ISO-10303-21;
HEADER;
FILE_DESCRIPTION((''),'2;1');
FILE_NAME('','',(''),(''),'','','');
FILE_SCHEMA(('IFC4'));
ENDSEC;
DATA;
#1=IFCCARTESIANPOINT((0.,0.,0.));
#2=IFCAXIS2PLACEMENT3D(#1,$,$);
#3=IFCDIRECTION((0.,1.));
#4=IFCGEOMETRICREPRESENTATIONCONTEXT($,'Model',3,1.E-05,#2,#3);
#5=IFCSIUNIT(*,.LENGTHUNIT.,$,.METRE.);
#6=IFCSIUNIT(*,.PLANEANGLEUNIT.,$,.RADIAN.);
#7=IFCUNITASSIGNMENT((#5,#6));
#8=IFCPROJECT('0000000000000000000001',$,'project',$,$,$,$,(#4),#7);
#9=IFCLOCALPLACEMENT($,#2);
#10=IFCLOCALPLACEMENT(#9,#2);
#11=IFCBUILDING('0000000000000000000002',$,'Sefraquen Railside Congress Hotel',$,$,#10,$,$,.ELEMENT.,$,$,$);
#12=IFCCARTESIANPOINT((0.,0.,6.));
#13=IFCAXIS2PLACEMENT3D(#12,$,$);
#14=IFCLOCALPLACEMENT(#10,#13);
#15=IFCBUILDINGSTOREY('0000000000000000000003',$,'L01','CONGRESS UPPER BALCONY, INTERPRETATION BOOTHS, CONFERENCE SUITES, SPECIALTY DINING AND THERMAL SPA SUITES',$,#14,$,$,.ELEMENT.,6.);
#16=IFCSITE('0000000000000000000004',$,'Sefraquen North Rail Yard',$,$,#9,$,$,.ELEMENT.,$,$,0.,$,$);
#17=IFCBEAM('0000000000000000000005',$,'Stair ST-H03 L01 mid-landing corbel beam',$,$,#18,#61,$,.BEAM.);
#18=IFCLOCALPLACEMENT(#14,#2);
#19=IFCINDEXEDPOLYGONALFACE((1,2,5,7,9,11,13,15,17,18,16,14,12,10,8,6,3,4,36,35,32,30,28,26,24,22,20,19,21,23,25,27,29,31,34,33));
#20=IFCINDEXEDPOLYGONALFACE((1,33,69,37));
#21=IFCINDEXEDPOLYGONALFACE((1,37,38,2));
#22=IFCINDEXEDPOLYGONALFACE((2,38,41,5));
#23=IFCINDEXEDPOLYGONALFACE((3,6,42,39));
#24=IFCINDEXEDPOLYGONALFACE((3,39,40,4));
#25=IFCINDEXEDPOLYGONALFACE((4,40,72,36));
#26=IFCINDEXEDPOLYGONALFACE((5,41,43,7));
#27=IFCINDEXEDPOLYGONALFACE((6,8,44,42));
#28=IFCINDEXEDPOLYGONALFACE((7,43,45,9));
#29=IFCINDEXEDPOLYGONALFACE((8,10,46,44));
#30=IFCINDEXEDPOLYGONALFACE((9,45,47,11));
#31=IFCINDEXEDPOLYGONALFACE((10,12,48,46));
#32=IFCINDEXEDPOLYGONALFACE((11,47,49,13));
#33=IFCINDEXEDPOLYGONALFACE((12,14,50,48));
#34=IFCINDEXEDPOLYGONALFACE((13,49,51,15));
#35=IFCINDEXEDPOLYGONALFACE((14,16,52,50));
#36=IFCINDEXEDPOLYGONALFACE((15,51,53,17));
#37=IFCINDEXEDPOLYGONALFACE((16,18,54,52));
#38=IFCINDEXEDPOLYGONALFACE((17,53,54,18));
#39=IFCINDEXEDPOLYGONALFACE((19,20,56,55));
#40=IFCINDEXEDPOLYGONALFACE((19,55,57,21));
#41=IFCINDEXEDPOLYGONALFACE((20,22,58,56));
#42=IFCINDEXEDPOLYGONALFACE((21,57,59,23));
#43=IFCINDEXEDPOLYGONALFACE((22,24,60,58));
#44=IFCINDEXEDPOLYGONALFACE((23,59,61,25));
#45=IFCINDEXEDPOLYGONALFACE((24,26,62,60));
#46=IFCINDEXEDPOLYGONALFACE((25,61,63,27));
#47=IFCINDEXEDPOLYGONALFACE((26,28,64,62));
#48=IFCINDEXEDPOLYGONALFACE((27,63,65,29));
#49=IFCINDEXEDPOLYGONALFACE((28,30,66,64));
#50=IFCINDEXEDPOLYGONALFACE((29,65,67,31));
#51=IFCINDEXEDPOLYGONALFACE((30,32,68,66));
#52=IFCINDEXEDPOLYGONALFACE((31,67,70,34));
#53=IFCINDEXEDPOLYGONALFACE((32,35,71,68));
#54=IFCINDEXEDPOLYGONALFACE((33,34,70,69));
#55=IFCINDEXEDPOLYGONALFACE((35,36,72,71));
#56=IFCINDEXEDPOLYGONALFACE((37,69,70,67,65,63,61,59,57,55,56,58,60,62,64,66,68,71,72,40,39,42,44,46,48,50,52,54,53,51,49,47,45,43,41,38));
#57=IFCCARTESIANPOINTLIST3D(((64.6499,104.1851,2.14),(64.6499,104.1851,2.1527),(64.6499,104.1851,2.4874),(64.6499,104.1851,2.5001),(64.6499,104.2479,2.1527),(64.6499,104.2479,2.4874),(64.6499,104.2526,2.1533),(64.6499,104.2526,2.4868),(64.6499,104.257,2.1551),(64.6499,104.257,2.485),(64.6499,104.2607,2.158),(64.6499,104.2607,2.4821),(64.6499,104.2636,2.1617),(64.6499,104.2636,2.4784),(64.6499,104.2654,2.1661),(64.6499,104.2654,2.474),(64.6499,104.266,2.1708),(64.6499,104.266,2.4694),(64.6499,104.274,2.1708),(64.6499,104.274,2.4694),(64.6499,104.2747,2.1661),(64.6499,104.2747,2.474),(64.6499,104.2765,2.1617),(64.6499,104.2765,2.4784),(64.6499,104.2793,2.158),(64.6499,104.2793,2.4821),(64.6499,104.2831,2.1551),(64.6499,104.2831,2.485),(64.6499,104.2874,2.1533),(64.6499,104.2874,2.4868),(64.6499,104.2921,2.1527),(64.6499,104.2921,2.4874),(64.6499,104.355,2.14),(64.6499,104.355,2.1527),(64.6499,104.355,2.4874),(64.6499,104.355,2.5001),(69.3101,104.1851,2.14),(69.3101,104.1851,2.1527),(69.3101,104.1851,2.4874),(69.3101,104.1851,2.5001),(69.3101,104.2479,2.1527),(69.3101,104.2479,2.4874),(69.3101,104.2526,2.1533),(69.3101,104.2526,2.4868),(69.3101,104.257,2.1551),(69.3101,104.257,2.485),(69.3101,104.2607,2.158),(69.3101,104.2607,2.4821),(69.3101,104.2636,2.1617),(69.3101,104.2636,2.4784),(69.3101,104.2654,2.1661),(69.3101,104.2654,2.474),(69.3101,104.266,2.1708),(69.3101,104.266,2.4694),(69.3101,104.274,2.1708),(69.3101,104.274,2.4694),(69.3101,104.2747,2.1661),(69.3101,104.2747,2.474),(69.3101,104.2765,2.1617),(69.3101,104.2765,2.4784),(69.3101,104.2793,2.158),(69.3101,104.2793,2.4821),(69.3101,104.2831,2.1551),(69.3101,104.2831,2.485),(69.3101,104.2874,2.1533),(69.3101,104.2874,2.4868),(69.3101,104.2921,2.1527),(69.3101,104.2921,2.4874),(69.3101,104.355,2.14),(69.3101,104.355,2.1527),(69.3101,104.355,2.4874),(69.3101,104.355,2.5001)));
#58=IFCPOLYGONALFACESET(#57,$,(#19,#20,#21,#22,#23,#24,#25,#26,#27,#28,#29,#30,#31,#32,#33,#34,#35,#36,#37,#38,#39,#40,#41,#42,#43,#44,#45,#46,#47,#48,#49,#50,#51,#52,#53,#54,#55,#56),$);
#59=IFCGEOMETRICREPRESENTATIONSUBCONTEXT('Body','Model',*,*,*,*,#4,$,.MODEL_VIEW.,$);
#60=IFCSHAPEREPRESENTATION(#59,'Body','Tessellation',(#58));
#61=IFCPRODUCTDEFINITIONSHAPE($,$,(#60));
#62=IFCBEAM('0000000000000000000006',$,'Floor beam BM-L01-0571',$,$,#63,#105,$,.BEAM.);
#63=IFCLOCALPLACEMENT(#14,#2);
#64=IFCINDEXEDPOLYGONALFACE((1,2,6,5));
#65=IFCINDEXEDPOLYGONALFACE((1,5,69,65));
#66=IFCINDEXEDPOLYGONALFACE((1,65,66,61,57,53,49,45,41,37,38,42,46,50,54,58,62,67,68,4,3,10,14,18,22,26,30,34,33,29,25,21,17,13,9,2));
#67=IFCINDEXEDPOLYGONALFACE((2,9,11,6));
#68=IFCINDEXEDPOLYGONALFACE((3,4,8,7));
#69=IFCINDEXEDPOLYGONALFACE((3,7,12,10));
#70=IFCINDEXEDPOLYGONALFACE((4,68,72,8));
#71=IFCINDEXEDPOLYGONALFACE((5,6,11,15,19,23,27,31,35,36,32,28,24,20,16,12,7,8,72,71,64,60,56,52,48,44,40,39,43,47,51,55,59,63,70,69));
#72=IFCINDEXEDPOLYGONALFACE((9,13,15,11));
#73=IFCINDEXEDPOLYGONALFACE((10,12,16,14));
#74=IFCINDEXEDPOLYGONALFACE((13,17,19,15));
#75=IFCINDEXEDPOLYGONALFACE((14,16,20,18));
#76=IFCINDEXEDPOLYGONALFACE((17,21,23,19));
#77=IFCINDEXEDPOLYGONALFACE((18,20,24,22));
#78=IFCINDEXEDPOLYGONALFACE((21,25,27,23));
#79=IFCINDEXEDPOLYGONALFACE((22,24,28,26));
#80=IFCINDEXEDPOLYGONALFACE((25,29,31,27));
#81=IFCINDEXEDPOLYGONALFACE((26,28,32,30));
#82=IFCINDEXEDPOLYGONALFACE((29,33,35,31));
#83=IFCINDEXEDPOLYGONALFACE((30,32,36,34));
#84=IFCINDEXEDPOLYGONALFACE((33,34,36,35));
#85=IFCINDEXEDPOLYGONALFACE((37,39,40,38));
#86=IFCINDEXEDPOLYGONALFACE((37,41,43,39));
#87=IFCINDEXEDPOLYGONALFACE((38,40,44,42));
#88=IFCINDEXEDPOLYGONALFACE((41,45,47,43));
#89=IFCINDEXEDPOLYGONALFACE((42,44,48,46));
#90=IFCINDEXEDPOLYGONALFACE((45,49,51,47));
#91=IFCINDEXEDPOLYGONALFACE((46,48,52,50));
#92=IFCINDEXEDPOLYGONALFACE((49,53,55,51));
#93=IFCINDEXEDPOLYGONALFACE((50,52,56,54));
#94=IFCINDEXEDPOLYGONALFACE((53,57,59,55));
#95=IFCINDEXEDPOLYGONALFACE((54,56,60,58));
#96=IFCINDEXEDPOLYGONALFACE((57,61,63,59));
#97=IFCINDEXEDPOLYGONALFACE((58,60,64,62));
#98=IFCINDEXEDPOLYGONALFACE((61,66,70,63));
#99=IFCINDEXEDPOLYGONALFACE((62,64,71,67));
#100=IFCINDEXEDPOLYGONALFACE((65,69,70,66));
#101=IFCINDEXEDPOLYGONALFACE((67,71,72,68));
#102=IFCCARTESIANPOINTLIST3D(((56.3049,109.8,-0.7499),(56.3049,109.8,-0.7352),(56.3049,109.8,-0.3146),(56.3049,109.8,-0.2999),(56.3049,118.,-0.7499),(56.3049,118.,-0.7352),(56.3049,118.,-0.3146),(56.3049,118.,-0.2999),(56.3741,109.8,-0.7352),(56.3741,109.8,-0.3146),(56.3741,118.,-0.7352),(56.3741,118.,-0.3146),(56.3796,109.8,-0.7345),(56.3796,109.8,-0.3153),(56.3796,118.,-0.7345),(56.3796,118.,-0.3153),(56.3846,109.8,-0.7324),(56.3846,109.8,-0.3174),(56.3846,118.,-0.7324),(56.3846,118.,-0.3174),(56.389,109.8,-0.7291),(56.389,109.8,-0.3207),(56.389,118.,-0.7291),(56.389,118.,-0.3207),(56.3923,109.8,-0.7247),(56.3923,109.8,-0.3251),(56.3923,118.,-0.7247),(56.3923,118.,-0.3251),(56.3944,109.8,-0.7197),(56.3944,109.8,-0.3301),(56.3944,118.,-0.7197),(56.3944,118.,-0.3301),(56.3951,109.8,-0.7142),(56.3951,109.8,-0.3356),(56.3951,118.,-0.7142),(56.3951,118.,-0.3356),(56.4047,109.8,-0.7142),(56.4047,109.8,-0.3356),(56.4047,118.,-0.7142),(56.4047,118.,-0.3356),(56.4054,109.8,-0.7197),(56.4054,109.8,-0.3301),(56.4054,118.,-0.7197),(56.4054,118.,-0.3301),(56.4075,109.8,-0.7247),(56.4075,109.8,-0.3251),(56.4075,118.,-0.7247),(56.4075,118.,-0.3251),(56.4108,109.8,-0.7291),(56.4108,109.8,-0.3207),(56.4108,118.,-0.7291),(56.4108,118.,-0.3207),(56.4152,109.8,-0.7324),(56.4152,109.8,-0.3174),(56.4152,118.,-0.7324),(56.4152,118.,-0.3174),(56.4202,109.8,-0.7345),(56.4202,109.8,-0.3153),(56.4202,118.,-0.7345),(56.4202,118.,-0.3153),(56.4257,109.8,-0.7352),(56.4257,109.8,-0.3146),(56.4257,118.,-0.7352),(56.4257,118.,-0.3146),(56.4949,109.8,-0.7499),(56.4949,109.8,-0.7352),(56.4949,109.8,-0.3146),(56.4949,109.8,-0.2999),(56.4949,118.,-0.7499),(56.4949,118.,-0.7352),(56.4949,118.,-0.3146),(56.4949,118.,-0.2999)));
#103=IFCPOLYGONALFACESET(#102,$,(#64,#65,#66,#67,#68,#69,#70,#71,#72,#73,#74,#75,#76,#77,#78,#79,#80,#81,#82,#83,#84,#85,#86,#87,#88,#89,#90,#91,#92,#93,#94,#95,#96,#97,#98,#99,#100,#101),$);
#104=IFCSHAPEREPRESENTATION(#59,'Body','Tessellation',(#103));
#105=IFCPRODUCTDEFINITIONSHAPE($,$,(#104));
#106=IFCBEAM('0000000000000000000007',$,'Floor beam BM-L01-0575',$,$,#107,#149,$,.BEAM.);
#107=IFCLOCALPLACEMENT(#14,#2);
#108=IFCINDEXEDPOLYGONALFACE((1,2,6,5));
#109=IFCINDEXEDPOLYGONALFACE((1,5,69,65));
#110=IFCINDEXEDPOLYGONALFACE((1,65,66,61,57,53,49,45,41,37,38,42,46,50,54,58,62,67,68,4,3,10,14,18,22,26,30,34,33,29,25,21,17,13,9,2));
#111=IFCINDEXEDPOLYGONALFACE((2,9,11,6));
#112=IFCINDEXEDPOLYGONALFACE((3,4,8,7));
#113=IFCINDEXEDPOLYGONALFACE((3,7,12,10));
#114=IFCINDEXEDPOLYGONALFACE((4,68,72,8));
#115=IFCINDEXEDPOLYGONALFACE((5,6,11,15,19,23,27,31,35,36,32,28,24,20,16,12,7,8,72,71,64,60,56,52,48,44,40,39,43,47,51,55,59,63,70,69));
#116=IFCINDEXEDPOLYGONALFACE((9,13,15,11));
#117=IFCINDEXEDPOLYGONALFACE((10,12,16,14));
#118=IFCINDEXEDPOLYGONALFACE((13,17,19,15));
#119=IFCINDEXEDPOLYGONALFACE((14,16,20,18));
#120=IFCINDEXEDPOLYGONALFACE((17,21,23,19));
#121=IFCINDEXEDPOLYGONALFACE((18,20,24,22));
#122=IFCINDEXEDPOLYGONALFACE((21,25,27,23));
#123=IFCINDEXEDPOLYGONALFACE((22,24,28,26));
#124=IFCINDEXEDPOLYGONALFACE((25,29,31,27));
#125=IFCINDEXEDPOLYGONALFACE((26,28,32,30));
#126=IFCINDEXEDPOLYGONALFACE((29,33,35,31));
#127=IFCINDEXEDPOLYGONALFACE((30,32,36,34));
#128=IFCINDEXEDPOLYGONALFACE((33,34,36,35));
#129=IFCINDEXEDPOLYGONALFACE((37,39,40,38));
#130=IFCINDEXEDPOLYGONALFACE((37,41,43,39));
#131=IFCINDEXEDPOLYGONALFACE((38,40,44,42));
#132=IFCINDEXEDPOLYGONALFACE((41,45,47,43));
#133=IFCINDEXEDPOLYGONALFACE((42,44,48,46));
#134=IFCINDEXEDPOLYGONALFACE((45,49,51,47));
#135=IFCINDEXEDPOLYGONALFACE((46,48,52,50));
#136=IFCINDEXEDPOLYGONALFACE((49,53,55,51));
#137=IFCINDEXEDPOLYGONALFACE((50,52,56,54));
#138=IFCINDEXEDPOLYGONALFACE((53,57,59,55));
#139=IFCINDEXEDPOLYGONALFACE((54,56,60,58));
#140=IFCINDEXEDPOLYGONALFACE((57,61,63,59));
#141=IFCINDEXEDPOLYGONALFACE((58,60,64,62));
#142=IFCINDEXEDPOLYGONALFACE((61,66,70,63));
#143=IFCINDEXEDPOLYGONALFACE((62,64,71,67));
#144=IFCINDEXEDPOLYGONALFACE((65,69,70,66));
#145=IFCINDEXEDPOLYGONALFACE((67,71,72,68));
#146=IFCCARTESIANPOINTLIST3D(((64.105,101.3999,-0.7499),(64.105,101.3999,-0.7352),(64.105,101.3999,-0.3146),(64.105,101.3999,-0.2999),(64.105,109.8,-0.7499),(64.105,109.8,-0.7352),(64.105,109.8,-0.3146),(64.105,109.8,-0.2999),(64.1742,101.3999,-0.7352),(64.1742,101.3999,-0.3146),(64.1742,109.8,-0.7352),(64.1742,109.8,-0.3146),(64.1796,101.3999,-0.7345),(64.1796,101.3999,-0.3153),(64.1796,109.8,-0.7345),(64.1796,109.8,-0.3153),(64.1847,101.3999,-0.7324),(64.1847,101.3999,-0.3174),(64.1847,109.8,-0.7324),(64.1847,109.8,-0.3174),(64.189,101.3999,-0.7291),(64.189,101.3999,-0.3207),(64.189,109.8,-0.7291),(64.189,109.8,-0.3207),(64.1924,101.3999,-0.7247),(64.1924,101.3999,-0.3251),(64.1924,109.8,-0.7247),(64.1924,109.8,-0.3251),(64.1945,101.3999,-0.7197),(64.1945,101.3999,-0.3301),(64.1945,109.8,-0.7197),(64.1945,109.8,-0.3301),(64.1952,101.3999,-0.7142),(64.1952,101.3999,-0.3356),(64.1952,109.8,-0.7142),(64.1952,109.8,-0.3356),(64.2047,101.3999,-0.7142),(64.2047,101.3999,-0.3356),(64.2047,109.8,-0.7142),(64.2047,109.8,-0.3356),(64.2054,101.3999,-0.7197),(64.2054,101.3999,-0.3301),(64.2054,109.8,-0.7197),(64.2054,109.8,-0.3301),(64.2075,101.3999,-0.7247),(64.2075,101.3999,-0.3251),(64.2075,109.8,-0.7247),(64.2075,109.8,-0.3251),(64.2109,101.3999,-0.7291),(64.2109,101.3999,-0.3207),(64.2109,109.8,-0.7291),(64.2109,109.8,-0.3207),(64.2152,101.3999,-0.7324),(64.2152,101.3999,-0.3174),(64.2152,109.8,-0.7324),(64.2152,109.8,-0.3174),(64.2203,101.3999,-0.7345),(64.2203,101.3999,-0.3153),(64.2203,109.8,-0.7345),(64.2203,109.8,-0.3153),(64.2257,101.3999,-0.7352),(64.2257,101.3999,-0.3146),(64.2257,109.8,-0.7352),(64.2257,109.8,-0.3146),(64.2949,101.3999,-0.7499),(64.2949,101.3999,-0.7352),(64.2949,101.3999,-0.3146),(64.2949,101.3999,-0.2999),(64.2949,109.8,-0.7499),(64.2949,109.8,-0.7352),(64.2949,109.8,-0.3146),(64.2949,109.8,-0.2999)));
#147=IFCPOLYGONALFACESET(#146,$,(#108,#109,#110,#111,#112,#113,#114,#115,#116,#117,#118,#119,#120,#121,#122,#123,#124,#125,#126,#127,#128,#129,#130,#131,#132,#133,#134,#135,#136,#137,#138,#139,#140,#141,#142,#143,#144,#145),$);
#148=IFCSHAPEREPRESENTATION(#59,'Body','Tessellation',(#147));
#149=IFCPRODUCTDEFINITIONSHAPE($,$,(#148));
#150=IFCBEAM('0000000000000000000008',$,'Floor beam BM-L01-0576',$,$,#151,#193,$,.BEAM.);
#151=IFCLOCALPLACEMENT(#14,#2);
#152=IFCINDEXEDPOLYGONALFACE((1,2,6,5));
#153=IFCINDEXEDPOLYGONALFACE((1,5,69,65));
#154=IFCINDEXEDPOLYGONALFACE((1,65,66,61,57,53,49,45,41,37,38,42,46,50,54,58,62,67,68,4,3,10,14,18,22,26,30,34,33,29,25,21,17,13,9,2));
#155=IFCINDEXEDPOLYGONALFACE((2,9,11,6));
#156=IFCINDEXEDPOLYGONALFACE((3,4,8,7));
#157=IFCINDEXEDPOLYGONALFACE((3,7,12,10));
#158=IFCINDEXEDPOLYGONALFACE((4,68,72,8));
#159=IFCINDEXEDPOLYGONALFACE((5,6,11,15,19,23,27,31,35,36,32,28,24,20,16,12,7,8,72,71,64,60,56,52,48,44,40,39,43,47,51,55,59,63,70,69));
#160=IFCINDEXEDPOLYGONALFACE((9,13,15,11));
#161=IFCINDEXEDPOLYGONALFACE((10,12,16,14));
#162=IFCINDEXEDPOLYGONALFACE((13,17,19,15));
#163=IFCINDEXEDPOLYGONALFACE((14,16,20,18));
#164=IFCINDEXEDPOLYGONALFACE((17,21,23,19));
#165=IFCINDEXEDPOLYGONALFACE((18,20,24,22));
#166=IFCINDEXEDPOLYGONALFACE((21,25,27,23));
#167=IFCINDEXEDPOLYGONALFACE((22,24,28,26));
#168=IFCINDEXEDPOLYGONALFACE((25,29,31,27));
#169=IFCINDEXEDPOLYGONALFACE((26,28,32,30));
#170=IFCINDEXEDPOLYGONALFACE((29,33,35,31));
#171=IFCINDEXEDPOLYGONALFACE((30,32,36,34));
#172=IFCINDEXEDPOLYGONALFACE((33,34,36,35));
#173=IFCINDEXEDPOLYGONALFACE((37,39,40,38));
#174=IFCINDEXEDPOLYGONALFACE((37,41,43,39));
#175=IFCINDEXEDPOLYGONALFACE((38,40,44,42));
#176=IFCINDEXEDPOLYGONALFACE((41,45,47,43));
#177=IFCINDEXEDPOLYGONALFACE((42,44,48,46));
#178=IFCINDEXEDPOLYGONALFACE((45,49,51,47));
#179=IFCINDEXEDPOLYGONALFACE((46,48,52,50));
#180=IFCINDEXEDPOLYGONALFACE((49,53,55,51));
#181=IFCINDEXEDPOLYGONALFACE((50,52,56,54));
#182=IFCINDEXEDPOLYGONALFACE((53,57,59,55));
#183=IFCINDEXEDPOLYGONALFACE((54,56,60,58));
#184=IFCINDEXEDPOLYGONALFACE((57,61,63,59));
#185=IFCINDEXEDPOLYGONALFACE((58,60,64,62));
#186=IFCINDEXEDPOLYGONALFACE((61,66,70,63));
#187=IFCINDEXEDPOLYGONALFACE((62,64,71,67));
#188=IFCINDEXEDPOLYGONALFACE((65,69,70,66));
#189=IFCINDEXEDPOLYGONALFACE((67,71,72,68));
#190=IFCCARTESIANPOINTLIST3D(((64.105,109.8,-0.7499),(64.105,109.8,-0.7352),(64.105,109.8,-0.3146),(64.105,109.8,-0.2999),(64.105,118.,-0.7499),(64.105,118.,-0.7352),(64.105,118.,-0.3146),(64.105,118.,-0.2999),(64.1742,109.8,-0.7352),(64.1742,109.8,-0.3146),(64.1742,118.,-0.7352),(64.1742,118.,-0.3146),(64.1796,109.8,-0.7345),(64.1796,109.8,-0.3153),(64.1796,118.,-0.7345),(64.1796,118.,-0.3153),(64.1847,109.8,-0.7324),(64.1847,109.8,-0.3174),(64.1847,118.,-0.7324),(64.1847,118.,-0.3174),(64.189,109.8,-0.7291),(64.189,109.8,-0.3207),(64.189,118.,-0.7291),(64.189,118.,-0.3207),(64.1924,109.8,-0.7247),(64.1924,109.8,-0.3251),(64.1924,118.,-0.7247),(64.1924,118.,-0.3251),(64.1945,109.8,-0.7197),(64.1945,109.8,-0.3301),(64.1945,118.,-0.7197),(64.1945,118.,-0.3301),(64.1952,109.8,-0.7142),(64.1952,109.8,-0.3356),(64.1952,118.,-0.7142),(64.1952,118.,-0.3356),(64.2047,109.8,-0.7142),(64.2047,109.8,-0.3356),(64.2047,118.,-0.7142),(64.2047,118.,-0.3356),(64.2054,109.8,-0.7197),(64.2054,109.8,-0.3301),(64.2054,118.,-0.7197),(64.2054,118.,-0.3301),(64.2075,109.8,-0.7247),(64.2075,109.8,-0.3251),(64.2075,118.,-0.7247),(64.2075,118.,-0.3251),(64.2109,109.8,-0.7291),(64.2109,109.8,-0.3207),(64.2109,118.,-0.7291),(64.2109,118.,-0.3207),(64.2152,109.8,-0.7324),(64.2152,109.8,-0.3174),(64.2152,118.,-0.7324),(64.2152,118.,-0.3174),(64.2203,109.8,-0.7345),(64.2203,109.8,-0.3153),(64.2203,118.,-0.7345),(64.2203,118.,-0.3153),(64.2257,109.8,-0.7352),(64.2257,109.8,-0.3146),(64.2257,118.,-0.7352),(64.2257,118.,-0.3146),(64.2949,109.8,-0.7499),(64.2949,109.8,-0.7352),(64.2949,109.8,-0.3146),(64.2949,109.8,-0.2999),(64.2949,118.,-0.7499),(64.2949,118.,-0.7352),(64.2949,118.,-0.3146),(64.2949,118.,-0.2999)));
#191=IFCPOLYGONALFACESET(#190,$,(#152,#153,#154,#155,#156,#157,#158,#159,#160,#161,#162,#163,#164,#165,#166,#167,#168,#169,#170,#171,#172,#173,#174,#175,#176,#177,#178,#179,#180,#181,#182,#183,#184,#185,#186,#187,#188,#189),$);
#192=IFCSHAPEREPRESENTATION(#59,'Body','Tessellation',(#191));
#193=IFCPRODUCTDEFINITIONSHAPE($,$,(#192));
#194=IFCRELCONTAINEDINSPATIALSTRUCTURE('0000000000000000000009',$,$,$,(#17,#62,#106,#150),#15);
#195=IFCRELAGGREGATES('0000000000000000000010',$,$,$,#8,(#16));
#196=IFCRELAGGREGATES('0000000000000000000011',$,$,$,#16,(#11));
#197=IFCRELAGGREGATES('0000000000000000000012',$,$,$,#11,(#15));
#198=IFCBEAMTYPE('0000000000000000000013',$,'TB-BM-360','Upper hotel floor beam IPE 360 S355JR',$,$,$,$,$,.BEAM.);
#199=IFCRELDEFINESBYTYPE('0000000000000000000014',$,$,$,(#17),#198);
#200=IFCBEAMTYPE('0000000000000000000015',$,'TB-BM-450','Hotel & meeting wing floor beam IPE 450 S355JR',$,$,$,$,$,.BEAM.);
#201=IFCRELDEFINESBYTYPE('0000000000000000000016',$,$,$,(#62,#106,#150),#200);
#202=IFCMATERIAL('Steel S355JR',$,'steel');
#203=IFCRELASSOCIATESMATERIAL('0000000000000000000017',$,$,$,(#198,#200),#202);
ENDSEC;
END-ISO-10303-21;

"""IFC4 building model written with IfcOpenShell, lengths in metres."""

from ifc_helpers import new_model, si_unit, direction, frame, origin, origin_2d, place, context, subcontext, project, spatial, i_section, extrude, material, material_profile, profile_set, type_object, element, save


model = new_model("IFC4")

# Units and contexts
model_context = context("Model", 3, precision=1e-05, world=origin(), true_north=direction((0.0, 1.0)))
body_context = subcontext(model_context, "Body", "Model", "MODEL_VIEW")
ifc_project = project(units=[si_unit("LENGTHUNIT", "METRE"), si_unit("PLANEANGLEUNIT", "RADIAN")], contexts=[model_context])

# Site, building, storey
site_placement = place(None, origin())
site = spatial("IfcSite", under=ifc_project, at=site_placement, Name="Sefraquen North Rail Yard", CompositionType="ELEMENT", RefElevation=0.0)
building_placement = place(site_placement, origin())
building = spatial("IfcBuilding", under=site, at=building_placement, Name="Sefraquen Railside Congress Hotel", CompositionType="ELEMENT")
storey_placement = place(building_placement, frame((0.0, 0.0, 6.0)))
storey = spatial("IfcBuildingStorey", under=building, at=storey_placement, Name="L01", Description="CONGRESS UPPER BALCONY, INTERPRETATION BOOTHS, CONFERENCE SUITES, SPECIALTY DINING AND THERMAL SPA SUITES", CompositionType="ELEMENT", Elevation=6.0)

# Shared definitions
ifc_material_1 = material(Name="Steel S355JR", Category="steel")

# Beams
ifc_material_profile_1 = material_profile(ifc_material_1, i_section(OverallWidth=0.1699, OverallDepth=0.3601, WebThickness=0.0081, FlangeThickness=0.0127, FilletRadius=0.0181, at=origin_2d()), Name="IPE 360")
ifc_profile_set_1 = profile_set([ifc_material_profile_1], Name="Steel S355JR")
beam_type_1 = type_object("IfcBeamType", Name="TB-BM-360", Description="Upper hotel floor beam IPE 360 S355JR", PredefinedType="BEAM", material=ifc_profile_set_1)
beam_1_placement = place(storey_placement, frame((64.6499, 104.27, 2.3201), z_axis=(1.0, 0.0, 0.0), x_axis=(0.0, 1.0, 0.0)))
element("IfcBeam", 1, at=beam_1_placement, inside=storey, type_object=beam_type_1, Name="Stair ST-H03 L01 mid-landing corbel beam", PredefinedType="BEAM", context=body_context, shape_type="SweptSolid", body=[
    extrude(i_section(OverallWidth=0.1699, OverallDepth=0.3601, WebThickness=0.0081, FlangeThickness=0.0127, FilletRadius=0.0181, at=origin_2d()), origin(), (0.0, 0.0, 1.0), 4.6602),
])
ifc_material_profile_2 = material_profile(ifc_material_1, i_section(OverallWidth=0.1899, OverallDepth=0.45, WebThickness=0.0095, FlangeThickness=0.0146, FilletRadius=0.021, at=origin_2d()), Name="IPE 450")
ifc_profile_set_2 = profile_set([ifc_material_profile_2], Name="Steel S355JR")
beam_type_2 = type_object("IfcBeamType", Name="TB-BM-450", Description="Hotel & meeting wing floor beam IPE 450 S355JR", PredefinedType="BEAM", material=ifc_profile_set_2)
beam_2_placement = place(storey_placement, frame((56.3999, 109.8, -0.5249), z_axis=(0.0, 1.0, 0.0), x_axis=(-1.0, 0.0, 0.0)))
element("IfcBeam", 2, at=beam_2_placement, inside=storey, type_object=beam_type_2, Name="Floor beam BM-L01-0571", PredefinedType="BEAM", context=body_context, shape_type="SweptSolid", body=[
    extrude(i_section(OverallWidth=0.1899, OverallDepth=0.45, WebThickness=0.0095, FlangeThickness=0.0146, FilletRadius=0.021, at=origin_2d()), origin(), (0.0, 0.0, 1.0), 8.2),
])
beam_3_placement = place(storey_placement, frame((64.2, 101.3999, -0.5249), z_axis=(0.0, 1.0, 0.0), x_axis=(-1.0, 0.0, 0.0)))
element("IfcBeam", 3, at=beam_3_placement, inside=storey, type_object=beam_type_2, Name="Floor beam BM-L01-0575", PredefinedType="BEAM", context=body_context, shape_type="SweptSolid", body=[
    extrude(i_section(OverallWidth=0.1899, OverallDepth=0.45, WebThickness=0.0095, FlangeThickness=0.0146, FilletRadius=0.021, at=origin_2d()), origin(), (0.0, 0.0, 1.0), 8.4001),
])
beam_4_placement = place(storey_placement, frame((64.2, 109.8, -0.5249), z_axis=(0.0, 1.0, 0.0), x_axis=(-1.0, 0.0, 0.0)))
element("IfcBeam", 4, at=beam_4_placement, inside=storey, type_object=beam_type_2, Name="Floor beam BM-L01-0576", PredefinedType="BEAM", context=body_context, shape_type="SweptSolid", body=[
    extrude(i_section(OverallWidth=0.1899, OverallDepth=0.45, WebThickness=0.0095, FlangeThickness=0.0146, FilletRadius=0.021, at=origin_2d()), origin(), (0.0, 0.0, 1.0), 8.2),
])

save(model, "model.ifc")
